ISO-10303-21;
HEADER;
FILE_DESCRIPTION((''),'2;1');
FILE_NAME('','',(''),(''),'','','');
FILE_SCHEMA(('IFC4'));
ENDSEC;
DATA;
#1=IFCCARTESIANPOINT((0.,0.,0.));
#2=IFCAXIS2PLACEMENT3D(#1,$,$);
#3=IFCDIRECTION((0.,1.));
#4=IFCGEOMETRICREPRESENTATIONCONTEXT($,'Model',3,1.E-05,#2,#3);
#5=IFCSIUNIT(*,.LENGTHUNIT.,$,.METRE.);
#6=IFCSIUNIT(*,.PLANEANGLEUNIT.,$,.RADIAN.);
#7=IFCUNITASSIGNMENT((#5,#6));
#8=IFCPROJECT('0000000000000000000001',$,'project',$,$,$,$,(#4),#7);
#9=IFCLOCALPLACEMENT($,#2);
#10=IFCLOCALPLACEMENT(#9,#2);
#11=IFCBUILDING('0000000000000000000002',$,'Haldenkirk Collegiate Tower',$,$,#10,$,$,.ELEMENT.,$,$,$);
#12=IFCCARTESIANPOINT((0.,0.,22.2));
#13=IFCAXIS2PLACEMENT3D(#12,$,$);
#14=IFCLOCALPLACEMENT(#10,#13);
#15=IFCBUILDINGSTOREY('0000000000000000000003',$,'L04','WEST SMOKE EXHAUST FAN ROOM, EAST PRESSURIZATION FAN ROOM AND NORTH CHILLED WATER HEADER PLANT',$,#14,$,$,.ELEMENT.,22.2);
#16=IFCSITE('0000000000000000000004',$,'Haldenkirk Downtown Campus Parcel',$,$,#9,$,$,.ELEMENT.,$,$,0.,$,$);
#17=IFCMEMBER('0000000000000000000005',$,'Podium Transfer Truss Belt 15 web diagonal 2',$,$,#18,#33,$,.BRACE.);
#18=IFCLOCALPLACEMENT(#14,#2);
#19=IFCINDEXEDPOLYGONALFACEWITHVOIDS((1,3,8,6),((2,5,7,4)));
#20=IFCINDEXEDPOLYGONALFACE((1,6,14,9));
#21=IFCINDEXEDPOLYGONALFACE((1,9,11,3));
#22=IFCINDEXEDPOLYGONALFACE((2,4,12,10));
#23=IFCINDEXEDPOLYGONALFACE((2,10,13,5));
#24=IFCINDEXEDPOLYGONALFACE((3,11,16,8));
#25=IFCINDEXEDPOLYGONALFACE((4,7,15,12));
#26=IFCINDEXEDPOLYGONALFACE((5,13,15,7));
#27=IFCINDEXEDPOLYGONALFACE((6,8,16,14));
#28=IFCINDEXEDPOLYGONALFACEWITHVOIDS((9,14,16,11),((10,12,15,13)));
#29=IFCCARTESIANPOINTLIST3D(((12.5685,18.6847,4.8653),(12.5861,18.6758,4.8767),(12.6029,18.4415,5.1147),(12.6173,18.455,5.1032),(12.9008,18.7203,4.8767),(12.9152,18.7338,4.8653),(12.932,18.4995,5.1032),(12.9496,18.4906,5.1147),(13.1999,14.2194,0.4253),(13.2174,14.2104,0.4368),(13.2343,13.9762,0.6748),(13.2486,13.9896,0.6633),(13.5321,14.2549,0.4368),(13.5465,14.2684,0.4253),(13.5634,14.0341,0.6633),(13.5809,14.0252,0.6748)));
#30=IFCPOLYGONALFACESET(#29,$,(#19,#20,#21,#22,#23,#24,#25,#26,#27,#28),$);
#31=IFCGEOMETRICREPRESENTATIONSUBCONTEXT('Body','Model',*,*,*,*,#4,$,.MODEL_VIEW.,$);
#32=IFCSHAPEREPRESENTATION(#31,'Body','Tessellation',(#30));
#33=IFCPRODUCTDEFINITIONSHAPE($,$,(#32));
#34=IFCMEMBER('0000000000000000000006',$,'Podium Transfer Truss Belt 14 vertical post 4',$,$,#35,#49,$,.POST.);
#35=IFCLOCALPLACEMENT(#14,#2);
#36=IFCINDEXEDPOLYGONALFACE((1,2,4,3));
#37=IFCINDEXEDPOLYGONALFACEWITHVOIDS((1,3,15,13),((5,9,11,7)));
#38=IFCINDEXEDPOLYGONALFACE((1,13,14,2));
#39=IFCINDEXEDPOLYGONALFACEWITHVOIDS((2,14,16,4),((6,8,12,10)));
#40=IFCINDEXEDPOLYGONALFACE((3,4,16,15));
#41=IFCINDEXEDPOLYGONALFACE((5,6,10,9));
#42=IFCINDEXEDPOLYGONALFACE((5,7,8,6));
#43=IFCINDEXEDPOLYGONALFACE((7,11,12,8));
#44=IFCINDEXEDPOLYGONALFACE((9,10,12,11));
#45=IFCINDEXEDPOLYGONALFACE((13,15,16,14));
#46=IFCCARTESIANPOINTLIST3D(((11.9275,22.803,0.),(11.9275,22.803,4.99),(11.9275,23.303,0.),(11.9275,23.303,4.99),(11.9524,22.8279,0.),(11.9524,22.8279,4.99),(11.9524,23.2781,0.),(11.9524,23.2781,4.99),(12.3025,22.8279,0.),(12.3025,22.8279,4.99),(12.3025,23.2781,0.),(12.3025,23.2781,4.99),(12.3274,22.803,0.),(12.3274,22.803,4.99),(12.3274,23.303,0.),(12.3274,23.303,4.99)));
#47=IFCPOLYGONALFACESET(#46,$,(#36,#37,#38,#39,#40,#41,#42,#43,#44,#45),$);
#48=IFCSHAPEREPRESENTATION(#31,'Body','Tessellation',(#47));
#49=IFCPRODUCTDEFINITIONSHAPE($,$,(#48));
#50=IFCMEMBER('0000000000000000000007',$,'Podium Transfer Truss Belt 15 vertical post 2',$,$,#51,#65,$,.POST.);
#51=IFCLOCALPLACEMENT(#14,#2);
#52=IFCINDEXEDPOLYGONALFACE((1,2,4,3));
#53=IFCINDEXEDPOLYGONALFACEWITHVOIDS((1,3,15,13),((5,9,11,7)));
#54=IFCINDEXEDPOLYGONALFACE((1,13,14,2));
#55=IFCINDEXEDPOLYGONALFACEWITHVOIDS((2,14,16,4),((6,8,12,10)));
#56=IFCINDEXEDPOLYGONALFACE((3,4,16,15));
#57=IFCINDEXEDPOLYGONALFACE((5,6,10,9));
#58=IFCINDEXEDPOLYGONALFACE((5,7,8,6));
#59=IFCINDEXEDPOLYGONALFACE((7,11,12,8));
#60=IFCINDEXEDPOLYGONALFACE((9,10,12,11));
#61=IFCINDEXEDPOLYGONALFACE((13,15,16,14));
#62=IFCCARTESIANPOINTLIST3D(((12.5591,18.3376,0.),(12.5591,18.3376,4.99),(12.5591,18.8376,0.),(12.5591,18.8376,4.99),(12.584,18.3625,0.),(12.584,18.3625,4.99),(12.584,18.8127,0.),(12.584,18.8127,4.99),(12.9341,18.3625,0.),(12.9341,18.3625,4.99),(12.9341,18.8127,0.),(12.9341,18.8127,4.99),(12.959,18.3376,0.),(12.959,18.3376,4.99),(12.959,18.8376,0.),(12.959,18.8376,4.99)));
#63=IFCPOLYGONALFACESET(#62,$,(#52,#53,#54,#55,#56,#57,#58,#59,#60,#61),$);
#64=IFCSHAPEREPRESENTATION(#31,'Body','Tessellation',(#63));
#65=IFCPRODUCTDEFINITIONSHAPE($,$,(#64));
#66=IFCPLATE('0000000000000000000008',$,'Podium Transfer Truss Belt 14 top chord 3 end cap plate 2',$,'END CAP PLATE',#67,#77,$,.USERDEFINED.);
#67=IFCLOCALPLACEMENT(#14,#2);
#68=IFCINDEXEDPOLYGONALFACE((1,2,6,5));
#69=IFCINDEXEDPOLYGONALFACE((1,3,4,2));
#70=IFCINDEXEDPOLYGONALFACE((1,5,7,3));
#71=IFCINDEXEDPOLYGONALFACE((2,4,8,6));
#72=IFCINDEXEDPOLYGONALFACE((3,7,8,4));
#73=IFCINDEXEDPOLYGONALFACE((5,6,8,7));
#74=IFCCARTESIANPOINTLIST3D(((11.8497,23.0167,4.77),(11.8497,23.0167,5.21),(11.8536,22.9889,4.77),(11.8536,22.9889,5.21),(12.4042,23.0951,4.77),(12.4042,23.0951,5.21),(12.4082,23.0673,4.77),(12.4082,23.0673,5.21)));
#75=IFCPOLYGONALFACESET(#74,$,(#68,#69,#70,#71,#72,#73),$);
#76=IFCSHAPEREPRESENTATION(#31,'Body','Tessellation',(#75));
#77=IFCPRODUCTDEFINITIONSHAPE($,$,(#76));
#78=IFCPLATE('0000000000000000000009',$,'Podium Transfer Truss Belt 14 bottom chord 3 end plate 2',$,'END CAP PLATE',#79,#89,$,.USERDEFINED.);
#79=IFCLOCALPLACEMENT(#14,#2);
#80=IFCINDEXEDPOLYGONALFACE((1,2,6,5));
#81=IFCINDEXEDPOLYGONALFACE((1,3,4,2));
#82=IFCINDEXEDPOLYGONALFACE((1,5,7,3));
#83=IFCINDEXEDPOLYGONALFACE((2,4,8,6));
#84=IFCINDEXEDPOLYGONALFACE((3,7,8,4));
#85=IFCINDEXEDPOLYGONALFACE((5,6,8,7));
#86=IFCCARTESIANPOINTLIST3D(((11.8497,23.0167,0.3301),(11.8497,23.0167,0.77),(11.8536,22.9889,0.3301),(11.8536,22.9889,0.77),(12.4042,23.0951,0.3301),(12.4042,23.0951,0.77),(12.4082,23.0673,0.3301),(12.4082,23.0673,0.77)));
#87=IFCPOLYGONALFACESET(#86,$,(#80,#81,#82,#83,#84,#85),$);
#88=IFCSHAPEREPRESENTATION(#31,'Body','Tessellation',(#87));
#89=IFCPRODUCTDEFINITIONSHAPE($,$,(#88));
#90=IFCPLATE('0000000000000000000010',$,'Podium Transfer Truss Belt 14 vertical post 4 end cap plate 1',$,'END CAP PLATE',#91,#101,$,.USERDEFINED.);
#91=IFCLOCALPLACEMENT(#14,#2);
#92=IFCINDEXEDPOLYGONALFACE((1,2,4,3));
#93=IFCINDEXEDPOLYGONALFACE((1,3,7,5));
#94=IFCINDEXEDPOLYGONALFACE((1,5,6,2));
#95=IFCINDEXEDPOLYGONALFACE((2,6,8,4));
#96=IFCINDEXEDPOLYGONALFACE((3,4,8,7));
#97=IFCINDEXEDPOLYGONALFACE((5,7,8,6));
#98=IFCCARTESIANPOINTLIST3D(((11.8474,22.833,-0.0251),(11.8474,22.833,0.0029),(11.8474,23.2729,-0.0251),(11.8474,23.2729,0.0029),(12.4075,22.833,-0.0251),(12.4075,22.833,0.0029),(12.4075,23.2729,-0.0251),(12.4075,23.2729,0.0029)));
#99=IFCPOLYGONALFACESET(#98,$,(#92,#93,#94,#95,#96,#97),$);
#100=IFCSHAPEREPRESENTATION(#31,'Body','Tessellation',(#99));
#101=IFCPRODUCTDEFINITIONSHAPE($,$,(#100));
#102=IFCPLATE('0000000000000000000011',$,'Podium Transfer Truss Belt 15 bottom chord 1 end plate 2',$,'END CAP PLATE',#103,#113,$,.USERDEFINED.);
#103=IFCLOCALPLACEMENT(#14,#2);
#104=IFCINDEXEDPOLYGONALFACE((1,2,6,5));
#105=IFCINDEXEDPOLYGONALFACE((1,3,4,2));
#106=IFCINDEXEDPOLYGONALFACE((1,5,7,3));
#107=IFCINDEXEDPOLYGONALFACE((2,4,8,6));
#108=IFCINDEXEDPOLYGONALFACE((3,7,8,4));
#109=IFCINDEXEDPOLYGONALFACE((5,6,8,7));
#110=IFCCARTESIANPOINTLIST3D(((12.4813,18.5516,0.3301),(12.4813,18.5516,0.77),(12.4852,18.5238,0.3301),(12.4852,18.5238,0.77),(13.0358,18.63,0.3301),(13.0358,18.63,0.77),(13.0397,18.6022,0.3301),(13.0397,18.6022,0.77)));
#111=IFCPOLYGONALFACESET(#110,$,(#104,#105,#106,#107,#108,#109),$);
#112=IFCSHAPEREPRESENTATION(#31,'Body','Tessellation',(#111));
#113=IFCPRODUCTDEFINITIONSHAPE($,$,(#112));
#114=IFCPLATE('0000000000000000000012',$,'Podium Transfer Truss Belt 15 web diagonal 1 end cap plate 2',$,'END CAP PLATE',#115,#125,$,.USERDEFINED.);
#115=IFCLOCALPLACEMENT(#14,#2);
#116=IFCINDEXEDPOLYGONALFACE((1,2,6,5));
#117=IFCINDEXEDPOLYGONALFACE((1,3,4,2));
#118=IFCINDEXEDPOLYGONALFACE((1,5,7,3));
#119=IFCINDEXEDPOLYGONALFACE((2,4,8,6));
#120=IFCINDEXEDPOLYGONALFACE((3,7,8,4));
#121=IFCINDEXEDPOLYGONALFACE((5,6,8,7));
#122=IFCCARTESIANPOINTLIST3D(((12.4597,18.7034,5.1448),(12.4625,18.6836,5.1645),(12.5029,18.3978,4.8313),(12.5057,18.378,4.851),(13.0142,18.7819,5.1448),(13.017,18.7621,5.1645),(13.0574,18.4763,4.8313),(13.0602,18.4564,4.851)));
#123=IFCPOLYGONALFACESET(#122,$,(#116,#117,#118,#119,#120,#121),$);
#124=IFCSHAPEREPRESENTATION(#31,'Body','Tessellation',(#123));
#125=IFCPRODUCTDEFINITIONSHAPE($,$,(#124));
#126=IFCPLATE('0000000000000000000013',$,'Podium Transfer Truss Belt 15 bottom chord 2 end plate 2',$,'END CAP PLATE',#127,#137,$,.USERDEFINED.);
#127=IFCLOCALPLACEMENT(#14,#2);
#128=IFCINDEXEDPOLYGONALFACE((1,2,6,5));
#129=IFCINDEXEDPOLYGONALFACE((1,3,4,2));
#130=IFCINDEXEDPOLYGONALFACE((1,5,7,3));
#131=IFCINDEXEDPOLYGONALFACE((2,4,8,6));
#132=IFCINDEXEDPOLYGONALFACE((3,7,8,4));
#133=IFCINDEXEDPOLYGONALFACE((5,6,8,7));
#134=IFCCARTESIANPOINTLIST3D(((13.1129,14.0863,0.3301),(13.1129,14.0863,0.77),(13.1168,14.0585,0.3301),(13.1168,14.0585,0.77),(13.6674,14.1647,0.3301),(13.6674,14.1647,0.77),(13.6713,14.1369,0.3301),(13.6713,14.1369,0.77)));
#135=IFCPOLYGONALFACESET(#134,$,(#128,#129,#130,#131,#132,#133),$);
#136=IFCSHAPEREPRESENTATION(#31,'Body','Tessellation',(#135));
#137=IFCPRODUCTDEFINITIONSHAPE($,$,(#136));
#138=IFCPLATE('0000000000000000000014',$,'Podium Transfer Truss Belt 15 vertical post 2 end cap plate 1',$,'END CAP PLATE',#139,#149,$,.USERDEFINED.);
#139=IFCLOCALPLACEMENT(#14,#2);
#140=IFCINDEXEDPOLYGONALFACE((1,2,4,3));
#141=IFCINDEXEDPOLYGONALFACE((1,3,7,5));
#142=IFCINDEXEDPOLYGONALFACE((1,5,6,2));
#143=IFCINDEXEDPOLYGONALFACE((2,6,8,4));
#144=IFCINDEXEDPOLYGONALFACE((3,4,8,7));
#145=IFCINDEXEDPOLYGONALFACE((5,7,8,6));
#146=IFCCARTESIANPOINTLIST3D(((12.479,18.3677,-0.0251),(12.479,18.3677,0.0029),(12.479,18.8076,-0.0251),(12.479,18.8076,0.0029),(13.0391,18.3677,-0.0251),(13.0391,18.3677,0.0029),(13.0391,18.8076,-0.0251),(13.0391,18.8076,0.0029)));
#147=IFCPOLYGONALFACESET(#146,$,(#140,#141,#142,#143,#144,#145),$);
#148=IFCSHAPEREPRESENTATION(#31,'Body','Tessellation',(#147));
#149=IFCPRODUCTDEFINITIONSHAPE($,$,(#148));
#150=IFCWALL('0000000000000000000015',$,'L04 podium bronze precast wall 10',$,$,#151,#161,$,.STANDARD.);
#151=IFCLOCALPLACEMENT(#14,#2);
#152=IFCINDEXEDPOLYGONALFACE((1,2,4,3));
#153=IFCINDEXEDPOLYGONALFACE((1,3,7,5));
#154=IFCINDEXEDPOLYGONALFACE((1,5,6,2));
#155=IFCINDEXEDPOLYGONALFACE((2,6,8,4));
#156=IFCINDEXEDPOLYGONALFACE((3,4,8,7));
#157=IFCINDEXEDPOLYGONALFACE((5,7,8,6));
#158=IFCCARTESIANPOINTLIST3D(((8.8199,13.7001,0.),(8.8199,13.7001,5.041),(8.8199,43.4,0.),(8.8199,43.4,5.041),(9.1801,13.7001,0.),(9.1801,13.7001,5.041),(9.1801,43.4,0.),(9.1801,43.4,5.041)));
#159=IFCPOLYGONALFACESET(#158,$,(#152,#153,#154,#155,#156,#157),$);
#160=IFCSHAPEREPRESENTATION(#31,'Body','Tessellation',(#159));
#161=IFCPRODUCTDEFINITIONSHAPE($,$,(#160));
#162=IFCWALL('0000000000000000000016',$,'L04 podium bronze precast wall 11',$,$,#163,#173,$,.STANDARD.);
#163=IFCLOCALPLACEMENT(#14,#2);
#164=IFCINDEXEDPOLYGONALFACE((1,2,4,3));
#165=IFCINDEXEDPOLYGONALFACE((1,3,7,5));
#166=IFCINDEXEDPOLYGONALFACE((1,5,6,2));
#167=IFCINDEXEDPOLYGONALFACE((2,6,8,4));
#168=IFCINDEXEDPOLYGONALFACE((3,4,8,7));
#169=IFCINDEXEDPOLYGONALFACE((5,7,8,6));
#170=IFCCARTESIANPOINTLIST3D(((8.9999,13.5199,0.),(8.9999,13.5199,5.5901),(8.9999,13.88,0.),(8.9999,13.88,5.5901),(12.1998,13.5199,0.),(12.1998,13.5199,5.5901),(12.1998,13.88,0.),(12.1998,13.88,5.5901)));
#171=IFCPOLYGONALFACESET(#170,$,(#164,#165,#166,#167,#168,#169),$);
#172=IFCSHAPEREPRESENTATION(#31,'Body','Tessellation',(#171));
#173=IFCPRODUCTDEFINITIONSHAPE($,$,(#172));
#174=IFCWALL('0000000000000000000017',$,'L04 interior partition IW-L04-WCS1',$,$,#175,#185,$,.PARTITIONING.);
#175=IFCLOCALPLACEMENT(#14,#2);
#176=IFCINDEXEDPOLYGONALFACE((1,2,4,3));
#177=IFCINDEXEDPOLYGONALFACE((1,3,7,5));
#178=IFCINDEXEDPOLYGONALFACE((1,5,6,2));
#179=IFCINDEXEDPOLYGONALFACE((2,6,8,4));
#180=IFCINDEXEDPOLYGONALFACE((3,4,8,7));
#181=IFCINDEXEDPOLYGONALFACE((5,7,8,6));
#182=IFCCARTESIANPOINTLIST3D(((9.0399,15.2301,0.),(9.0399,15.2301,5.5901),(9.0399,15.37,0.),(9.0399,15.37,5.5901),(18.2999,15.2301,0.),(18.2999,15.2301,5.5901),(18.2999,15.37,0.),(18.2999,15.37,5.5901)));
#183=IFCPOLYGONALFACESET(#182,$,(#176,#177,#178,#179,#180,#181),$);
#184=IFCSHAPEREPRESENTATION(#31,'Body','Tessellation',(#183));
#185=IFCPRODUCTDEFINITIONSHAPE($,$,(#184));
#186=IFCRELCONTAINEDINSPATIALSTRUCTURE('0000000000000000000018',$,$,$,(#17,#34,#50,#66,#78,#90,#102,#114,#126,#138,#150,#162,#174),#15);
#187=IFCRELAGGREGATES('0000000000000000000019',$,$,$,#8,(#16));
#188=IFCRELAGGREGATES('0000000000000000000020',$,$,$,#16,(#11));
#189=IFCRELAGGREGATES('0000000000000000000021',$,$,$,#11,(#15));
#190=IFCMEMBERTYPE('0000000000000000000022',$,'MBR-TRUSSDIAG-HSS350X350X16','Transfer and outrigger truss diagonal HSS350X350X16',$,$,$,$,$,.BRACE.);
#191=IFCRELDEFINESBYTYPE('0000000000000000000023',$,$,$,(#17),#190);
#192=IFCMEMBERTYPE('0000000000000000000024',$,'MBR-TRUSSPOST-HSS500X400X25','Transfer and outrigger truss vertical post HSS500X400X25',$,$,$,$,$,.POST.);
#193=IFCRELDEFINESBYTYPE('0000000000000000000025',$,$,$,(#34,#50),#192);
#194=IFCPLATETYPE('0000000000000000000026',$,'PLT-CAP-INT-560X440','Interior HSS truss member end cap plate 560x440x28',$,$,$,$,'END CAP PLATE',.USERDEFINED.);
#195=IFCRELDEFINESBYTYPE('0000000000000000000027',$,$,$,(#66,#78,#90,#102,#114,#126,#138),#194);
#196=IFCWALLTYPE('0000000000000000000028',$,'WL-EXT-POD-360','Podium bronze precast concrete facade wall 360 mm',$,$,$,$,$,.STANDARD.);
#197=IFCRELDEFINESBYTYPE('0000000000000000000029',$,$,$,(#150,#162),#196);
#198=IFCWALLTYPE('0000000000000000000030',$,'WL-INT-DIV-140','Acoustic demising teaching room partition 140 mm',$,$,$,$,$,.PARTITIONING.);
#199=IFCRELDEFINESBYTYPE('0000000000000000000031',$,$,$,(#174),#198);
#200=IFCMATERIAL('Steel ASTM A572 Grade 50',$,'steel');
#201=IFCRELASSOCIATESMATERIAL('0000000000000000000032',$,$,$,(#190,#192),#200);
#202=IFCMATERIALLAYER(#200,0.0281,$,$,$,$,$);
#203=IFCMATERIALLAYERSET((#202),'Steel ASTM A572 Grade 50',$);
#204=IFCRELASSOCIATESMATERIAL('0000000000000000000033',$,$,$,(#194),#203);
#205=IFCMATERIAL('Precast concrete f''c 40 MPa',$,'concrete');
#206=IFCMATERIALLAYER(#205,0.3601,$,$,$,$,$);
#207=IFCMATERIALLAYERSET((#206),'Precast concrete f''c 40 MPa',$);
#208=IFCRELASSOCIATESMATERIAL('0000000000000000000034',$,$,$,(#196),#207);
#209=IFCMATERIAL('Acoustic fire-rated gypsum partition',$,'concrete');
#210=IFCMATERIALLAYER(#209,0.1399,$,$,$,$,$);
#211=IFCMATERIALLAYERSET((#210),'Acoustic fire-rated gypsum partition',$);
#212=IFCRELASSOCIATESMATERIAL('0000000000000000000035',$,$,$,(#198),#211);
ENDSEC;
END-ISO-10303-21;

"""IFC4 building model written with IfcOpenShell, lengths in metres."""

from ifc_helpers import new_model, si_unit, direction, frame, frame_2d, origin, origin_2d, place, context, subcontext, project, spatial, rectangle, hollow_rectangle, extrude, source, transform, mapped, material, layer, layer_set, material_profile, profile_set, type_object, element, save


model = new_model("IFC4")

# Units and contexts
model_context = context("Model", 3, precision=1e-05, world=origin(), true_north=direction((0.0, 1.0)))
body_context = subcontext(model_context, "Body", "Model", "MODEL_VIEW")
ifc_project = project(units=[si_unit("LENGTHUNIT", "METRE"), si_unit("PLANEANGLEUNIT", "RADIAN")], contexts=[model_context])

# Site, building, storey
site_placement = place(None, origin())
site = spatial("IfcSite", under=ifc_project, at=site_placement, Name="Haldenkirk Downtown Campus Parcel", CompositionType="ELEMENT", RefElevation=0.0)
building_placement = place(site_placement, origin())
building = spatial("IfcBuilding", under=site, at=building_placement, Name="Haldenkirk Collegiate Tower", CompositionType="ELEMENT")
storey_placement = place(building_placement, frame((0.0, 0.0, 22.2)))
storey = spatial("IfcBuildingStorey", under=building, at=storey_placement, Name="L04", Description="WEST SMOKE EXHAUST FAN ROOM, EAST PRESSURIZATION FAN ROOM AND NORTH CHILLED WATER HEADER PLANT", CompositionType="ELEMENT", Elevation=22.2)

# Shared definitions
ifc_material_1 = material(Name="Steel ASTM A572 Grade 50", Category="steel")

# Members
ifc_material_profile_1 = material_profile(ifc_material_1, hollow_rectangle(XDim=0.3501, YDim=0.3501, WallThickness=0.0161, at=origin_2d()), Name="HSS350X350X16")
ifc_profile_set_1 = profile_set([ifc_material_profile_1], Name="Steel ASTM A572 Grade 50")
member_type_1 = type_object("IfcMemberType", Name="MBR-TRUSSDIAG-HSS350X350X16", Description="Transfer and outrigger truss diagonal HSS350X350X16", PredefinedType="BRACE", material=ifc_profile_set_1)
for number, where, z_axis, x_axis, name in (
    (1, (12.759, 18.5876, 4.99), (0.099761, -0.705582, -0.70157), (0.990152, 0.139996, 0.0), "Podium Transfer Truss Belt 15 web diagonal 2"),
):
    element("IfcMember", number, at=place(storey_placement, frame(where, z_axis=z_axis, x_axis=x_axis)), inside=storey, type_object=member_type_1, Name=name, PredefinedType="BRACE", context=body_context, shape_type="SweptSolid", body=[
        extrude(hollow_rectangle(XDim=0.3501, YDim=0.3501, WallThickness=0.0161, at=origin_2d()), origin(), (0.0, 0.0, 1.0), 6.3286),
    ])
ifc_material_profile_2 = material_profile(ifc_material_1, hollow_rectangle(XDim=0.3999, YDim=0.5, WallThickness=0.0249, at=origin_2d()), Name="HSS500X400X25")
ifc_profile_set_2 = profile_set([ifc_material_profile_2], Name="Steel ASTM A572 Grade 50")
member_type_2 = type_object("IfcMemberType", Name="MBR-TRUSSPOST-HSS500X400X25", Description="Transfer and outrigger truss vertical post HSS500X400X25", PredefinedType="POST", material=ifc_profile_set_2)
for number, where, z_axis, x_axis, name in (
    (2, (12.1274, 23.053, 0.0), (0.0, 0.0, 1.0), (1.0, 0.0, 0.0), "Podium Transfer Truss Belt 14 vertical post 4"),
    (3, (12.759, 18.5876, 0.0), (0.0, 0.0, 1.0), (1.0, 0.0, 0.0), "Podium Transfer Truss Belt 15 vertical post 2"),
):
    element("IfcMember", number, at=place(storey_placement, frame(where, z_axis=z_axis, x_axis=x_axis)), inside=storey, type_object=member_type_2, Name=name, PredefinedType="POST", context=body_context, shape_type="SweptSolid", body=[
        extrude(hollow_rectangle(XDim=0.3999, YDim=0.5, WallThickness=0.0249, at=origin_2d()), origin(), (0.0, 0.0, 1.0), 4.99),
    ])

# Plates
ifc_layer_1 = layer(ifc_material_1, 0.0281)
ifc_layer_set_1 = layer_set([ifc_layer_1], Name="Steel ASTM A572 Grade 50")
plate_type = type_object("IfcPlateType", Name="PLT-CAP-INT-560X440", Description="Interior HSS truss member end cap plate 560x440x28", ElementType="END CAP PLATE", PredefinedType="USERDEFINED", material=ifc_layer_set_1)
shared_shape = source(origin(), body_context, "Body", "SweptSolid", [
    extrude(rectangle(XDim=0.5601, YDim=0.4399, at=origin_2d()), origin(), (0.0, 0.0, 1.0), 0.0281),
])
for number, where, z_axis, x_axis, name in (
    (4, (12.127, 23.0559, 4.99), (0.140034, -0.990147, 0.0), (0.990147, 0.140034, 0.0), "Podium Transfer Truss Belt 14 top chord 3 end cap plate 2"),
    (5, (12.127, 23.0559, 0.55), (0.140041, -0.990146, 0.0), (0.990146, 0.140041, 0.0), "Podium Transfer Truss Belt 14 bottom chord 3 end plate 2"),
    (6, (12.1274, 23.053, 0.0029), (0.0, 0.0, -1.0), (1.0, 0.0, 0.0), "Podium Transfer Truss Belt 14 vertical post 4 end cap plate 1"),
    (7, (12.7585, 18.5908, 0.55), (0.140032, -0.990147, 0.0), (0.990147, 0.140032, 0.0), "Podium Transfer Truss Belt 15 bottom chord 1 end plate 2"),
    (8, (12.7585, 18.5898, 4.988), (0.099786, -0.705566, 0.701584), (0.990147, 0.140034, 0.0), "Podium Transfer Truss Belt 15 web diagonal 1 end cap plate 2"),
    (9, (13.3901, 14.1255, 0.55), (0.140032, -0.990147, 0.0), (0.990147, 0.140032, 0.0), "Podium Transfer Truss Belt 15 bottom chord 2 end plate 2"),
    (10, (12.759, 18.5876, 0.0029), (0.0, 0.0, -1.0), (1.0, 0.0, 0.0), "Podium Transfer Truss Belt 15 vertical post 2 end cap plate 1"),
):
    element("IfcPlate", number, at=place(storey_placement, frame(where, z_axis=z_axis, x_axis=x_axis)), inside=storey, type_object=plate_type, Name=name, ObjectType="END CAP PLATE", PredefinedType="USERDEFINED", context=body_context, shape_type="MappedRepresentation", body=[
        mapped(shared_shape, transform((0.0, 0.0, 0.0), x_axis=(1.0, 0.0, 0.0), y_axis=(0.0, 1.0, 0.0), z_axis=(0.0, 0.0, 1.0), scale=1.0)),
    ])

# Walls
ifc_material_2 = material(Name="Precast concrete f'c 40 MPa", Category="concrete")
ifc_layer_2 = layer(ifc_material_2, 0.3601)
ifc_layer_set_2 = layer_set([ifc_layer_2], Name="Precast concrete f'c 40 MPa")
wall_type_1 = type_object("IfcWallType", Name="WL-EXT-POD-360", Description="Podium bronze precast concrete facade wall 360 mm", PredefinedType="STANDARD", material=ifc_layer_set_2)
wall_1_placement = place(storey_placement, frame((9.0, 13.7, 0.0), z_axis=(0.0, 0.0, 1.0), x_axis=(0.0, 1.0, 0.0)))
element("IfcWall", 11, at=wall_1_placement, inside=storey, type_object=wall_type_1, Name="L04 podium bronze precast wall 10", PredefinedType="STANDARD", context=body_context, shape_type="SweptSolid", body=[
    extrude(rectangle(XDim=29.7, YDim=0.3601, at=frame_2d((14.8501, 0.0))), origin(), (0.0, 0.0, 1.0), 5.041),
])
wall_2_placement = place(storey_placement, frame((12.2, 13.7, 0.0), z_axis=(0.0, 0.0, 1.0), x_axis=(-1.0, 0.0, 0.0)))
element("IfcWall", 12, at=wall_2_placement, inside=storey, type_object=wall_type_1, Name="L04 podium bronze precast wall 11", PredefinedType="STANDARD", context=body_context, shape_type="SweptSolid", body=[
    extrude(rectangle(XDim=3.2, YDim=0.3601, at=frame_2d((1.6001, 0.0))), origin(), (0.0, 0.0, 1.0), 5.5901),
])
ifc_material_3 = material(Name="Acoustic fire-rated gypsum partition", Category="concrete")
ifc_layer_3 = layer(ifc_material_3, 0.1399)
ifc_layer_set_3 = layer_set([ifc_layer_3], Name="Acoustic fire-rated gypsum partition")
wall_type_2 = type_object("IfcWallType", Name="WL-INT-DIV-140", Description="Acoustic demising teaching room partition 140 mm", PredefinedType="PARTITIONING", material=ifc_layer_set_3)
wall_3_placement = place(storey_placement, frame((9.04, 15.3, 0.0), z_axis=(0.0, 0.0, 1.0), x_axis=(1.0, 0.0, 0.0)))
element("IfcWall", 13, at=wall_3_placement, inside=storey, type_object=wall_type_2, Name="L04 interior partition IW-L04-WCS1", PredefinedType="PARTITIONING", context=body_context, shape_type="SweptSolid", body=[
    extrude(rectangle(XDim=9.26, YDim=0.1399, at=frame_2d((4.6299, 0.0))), origin(), (0.0, 0.0, 1.0), 5.5901),
])

save(model, "model.ifc")
